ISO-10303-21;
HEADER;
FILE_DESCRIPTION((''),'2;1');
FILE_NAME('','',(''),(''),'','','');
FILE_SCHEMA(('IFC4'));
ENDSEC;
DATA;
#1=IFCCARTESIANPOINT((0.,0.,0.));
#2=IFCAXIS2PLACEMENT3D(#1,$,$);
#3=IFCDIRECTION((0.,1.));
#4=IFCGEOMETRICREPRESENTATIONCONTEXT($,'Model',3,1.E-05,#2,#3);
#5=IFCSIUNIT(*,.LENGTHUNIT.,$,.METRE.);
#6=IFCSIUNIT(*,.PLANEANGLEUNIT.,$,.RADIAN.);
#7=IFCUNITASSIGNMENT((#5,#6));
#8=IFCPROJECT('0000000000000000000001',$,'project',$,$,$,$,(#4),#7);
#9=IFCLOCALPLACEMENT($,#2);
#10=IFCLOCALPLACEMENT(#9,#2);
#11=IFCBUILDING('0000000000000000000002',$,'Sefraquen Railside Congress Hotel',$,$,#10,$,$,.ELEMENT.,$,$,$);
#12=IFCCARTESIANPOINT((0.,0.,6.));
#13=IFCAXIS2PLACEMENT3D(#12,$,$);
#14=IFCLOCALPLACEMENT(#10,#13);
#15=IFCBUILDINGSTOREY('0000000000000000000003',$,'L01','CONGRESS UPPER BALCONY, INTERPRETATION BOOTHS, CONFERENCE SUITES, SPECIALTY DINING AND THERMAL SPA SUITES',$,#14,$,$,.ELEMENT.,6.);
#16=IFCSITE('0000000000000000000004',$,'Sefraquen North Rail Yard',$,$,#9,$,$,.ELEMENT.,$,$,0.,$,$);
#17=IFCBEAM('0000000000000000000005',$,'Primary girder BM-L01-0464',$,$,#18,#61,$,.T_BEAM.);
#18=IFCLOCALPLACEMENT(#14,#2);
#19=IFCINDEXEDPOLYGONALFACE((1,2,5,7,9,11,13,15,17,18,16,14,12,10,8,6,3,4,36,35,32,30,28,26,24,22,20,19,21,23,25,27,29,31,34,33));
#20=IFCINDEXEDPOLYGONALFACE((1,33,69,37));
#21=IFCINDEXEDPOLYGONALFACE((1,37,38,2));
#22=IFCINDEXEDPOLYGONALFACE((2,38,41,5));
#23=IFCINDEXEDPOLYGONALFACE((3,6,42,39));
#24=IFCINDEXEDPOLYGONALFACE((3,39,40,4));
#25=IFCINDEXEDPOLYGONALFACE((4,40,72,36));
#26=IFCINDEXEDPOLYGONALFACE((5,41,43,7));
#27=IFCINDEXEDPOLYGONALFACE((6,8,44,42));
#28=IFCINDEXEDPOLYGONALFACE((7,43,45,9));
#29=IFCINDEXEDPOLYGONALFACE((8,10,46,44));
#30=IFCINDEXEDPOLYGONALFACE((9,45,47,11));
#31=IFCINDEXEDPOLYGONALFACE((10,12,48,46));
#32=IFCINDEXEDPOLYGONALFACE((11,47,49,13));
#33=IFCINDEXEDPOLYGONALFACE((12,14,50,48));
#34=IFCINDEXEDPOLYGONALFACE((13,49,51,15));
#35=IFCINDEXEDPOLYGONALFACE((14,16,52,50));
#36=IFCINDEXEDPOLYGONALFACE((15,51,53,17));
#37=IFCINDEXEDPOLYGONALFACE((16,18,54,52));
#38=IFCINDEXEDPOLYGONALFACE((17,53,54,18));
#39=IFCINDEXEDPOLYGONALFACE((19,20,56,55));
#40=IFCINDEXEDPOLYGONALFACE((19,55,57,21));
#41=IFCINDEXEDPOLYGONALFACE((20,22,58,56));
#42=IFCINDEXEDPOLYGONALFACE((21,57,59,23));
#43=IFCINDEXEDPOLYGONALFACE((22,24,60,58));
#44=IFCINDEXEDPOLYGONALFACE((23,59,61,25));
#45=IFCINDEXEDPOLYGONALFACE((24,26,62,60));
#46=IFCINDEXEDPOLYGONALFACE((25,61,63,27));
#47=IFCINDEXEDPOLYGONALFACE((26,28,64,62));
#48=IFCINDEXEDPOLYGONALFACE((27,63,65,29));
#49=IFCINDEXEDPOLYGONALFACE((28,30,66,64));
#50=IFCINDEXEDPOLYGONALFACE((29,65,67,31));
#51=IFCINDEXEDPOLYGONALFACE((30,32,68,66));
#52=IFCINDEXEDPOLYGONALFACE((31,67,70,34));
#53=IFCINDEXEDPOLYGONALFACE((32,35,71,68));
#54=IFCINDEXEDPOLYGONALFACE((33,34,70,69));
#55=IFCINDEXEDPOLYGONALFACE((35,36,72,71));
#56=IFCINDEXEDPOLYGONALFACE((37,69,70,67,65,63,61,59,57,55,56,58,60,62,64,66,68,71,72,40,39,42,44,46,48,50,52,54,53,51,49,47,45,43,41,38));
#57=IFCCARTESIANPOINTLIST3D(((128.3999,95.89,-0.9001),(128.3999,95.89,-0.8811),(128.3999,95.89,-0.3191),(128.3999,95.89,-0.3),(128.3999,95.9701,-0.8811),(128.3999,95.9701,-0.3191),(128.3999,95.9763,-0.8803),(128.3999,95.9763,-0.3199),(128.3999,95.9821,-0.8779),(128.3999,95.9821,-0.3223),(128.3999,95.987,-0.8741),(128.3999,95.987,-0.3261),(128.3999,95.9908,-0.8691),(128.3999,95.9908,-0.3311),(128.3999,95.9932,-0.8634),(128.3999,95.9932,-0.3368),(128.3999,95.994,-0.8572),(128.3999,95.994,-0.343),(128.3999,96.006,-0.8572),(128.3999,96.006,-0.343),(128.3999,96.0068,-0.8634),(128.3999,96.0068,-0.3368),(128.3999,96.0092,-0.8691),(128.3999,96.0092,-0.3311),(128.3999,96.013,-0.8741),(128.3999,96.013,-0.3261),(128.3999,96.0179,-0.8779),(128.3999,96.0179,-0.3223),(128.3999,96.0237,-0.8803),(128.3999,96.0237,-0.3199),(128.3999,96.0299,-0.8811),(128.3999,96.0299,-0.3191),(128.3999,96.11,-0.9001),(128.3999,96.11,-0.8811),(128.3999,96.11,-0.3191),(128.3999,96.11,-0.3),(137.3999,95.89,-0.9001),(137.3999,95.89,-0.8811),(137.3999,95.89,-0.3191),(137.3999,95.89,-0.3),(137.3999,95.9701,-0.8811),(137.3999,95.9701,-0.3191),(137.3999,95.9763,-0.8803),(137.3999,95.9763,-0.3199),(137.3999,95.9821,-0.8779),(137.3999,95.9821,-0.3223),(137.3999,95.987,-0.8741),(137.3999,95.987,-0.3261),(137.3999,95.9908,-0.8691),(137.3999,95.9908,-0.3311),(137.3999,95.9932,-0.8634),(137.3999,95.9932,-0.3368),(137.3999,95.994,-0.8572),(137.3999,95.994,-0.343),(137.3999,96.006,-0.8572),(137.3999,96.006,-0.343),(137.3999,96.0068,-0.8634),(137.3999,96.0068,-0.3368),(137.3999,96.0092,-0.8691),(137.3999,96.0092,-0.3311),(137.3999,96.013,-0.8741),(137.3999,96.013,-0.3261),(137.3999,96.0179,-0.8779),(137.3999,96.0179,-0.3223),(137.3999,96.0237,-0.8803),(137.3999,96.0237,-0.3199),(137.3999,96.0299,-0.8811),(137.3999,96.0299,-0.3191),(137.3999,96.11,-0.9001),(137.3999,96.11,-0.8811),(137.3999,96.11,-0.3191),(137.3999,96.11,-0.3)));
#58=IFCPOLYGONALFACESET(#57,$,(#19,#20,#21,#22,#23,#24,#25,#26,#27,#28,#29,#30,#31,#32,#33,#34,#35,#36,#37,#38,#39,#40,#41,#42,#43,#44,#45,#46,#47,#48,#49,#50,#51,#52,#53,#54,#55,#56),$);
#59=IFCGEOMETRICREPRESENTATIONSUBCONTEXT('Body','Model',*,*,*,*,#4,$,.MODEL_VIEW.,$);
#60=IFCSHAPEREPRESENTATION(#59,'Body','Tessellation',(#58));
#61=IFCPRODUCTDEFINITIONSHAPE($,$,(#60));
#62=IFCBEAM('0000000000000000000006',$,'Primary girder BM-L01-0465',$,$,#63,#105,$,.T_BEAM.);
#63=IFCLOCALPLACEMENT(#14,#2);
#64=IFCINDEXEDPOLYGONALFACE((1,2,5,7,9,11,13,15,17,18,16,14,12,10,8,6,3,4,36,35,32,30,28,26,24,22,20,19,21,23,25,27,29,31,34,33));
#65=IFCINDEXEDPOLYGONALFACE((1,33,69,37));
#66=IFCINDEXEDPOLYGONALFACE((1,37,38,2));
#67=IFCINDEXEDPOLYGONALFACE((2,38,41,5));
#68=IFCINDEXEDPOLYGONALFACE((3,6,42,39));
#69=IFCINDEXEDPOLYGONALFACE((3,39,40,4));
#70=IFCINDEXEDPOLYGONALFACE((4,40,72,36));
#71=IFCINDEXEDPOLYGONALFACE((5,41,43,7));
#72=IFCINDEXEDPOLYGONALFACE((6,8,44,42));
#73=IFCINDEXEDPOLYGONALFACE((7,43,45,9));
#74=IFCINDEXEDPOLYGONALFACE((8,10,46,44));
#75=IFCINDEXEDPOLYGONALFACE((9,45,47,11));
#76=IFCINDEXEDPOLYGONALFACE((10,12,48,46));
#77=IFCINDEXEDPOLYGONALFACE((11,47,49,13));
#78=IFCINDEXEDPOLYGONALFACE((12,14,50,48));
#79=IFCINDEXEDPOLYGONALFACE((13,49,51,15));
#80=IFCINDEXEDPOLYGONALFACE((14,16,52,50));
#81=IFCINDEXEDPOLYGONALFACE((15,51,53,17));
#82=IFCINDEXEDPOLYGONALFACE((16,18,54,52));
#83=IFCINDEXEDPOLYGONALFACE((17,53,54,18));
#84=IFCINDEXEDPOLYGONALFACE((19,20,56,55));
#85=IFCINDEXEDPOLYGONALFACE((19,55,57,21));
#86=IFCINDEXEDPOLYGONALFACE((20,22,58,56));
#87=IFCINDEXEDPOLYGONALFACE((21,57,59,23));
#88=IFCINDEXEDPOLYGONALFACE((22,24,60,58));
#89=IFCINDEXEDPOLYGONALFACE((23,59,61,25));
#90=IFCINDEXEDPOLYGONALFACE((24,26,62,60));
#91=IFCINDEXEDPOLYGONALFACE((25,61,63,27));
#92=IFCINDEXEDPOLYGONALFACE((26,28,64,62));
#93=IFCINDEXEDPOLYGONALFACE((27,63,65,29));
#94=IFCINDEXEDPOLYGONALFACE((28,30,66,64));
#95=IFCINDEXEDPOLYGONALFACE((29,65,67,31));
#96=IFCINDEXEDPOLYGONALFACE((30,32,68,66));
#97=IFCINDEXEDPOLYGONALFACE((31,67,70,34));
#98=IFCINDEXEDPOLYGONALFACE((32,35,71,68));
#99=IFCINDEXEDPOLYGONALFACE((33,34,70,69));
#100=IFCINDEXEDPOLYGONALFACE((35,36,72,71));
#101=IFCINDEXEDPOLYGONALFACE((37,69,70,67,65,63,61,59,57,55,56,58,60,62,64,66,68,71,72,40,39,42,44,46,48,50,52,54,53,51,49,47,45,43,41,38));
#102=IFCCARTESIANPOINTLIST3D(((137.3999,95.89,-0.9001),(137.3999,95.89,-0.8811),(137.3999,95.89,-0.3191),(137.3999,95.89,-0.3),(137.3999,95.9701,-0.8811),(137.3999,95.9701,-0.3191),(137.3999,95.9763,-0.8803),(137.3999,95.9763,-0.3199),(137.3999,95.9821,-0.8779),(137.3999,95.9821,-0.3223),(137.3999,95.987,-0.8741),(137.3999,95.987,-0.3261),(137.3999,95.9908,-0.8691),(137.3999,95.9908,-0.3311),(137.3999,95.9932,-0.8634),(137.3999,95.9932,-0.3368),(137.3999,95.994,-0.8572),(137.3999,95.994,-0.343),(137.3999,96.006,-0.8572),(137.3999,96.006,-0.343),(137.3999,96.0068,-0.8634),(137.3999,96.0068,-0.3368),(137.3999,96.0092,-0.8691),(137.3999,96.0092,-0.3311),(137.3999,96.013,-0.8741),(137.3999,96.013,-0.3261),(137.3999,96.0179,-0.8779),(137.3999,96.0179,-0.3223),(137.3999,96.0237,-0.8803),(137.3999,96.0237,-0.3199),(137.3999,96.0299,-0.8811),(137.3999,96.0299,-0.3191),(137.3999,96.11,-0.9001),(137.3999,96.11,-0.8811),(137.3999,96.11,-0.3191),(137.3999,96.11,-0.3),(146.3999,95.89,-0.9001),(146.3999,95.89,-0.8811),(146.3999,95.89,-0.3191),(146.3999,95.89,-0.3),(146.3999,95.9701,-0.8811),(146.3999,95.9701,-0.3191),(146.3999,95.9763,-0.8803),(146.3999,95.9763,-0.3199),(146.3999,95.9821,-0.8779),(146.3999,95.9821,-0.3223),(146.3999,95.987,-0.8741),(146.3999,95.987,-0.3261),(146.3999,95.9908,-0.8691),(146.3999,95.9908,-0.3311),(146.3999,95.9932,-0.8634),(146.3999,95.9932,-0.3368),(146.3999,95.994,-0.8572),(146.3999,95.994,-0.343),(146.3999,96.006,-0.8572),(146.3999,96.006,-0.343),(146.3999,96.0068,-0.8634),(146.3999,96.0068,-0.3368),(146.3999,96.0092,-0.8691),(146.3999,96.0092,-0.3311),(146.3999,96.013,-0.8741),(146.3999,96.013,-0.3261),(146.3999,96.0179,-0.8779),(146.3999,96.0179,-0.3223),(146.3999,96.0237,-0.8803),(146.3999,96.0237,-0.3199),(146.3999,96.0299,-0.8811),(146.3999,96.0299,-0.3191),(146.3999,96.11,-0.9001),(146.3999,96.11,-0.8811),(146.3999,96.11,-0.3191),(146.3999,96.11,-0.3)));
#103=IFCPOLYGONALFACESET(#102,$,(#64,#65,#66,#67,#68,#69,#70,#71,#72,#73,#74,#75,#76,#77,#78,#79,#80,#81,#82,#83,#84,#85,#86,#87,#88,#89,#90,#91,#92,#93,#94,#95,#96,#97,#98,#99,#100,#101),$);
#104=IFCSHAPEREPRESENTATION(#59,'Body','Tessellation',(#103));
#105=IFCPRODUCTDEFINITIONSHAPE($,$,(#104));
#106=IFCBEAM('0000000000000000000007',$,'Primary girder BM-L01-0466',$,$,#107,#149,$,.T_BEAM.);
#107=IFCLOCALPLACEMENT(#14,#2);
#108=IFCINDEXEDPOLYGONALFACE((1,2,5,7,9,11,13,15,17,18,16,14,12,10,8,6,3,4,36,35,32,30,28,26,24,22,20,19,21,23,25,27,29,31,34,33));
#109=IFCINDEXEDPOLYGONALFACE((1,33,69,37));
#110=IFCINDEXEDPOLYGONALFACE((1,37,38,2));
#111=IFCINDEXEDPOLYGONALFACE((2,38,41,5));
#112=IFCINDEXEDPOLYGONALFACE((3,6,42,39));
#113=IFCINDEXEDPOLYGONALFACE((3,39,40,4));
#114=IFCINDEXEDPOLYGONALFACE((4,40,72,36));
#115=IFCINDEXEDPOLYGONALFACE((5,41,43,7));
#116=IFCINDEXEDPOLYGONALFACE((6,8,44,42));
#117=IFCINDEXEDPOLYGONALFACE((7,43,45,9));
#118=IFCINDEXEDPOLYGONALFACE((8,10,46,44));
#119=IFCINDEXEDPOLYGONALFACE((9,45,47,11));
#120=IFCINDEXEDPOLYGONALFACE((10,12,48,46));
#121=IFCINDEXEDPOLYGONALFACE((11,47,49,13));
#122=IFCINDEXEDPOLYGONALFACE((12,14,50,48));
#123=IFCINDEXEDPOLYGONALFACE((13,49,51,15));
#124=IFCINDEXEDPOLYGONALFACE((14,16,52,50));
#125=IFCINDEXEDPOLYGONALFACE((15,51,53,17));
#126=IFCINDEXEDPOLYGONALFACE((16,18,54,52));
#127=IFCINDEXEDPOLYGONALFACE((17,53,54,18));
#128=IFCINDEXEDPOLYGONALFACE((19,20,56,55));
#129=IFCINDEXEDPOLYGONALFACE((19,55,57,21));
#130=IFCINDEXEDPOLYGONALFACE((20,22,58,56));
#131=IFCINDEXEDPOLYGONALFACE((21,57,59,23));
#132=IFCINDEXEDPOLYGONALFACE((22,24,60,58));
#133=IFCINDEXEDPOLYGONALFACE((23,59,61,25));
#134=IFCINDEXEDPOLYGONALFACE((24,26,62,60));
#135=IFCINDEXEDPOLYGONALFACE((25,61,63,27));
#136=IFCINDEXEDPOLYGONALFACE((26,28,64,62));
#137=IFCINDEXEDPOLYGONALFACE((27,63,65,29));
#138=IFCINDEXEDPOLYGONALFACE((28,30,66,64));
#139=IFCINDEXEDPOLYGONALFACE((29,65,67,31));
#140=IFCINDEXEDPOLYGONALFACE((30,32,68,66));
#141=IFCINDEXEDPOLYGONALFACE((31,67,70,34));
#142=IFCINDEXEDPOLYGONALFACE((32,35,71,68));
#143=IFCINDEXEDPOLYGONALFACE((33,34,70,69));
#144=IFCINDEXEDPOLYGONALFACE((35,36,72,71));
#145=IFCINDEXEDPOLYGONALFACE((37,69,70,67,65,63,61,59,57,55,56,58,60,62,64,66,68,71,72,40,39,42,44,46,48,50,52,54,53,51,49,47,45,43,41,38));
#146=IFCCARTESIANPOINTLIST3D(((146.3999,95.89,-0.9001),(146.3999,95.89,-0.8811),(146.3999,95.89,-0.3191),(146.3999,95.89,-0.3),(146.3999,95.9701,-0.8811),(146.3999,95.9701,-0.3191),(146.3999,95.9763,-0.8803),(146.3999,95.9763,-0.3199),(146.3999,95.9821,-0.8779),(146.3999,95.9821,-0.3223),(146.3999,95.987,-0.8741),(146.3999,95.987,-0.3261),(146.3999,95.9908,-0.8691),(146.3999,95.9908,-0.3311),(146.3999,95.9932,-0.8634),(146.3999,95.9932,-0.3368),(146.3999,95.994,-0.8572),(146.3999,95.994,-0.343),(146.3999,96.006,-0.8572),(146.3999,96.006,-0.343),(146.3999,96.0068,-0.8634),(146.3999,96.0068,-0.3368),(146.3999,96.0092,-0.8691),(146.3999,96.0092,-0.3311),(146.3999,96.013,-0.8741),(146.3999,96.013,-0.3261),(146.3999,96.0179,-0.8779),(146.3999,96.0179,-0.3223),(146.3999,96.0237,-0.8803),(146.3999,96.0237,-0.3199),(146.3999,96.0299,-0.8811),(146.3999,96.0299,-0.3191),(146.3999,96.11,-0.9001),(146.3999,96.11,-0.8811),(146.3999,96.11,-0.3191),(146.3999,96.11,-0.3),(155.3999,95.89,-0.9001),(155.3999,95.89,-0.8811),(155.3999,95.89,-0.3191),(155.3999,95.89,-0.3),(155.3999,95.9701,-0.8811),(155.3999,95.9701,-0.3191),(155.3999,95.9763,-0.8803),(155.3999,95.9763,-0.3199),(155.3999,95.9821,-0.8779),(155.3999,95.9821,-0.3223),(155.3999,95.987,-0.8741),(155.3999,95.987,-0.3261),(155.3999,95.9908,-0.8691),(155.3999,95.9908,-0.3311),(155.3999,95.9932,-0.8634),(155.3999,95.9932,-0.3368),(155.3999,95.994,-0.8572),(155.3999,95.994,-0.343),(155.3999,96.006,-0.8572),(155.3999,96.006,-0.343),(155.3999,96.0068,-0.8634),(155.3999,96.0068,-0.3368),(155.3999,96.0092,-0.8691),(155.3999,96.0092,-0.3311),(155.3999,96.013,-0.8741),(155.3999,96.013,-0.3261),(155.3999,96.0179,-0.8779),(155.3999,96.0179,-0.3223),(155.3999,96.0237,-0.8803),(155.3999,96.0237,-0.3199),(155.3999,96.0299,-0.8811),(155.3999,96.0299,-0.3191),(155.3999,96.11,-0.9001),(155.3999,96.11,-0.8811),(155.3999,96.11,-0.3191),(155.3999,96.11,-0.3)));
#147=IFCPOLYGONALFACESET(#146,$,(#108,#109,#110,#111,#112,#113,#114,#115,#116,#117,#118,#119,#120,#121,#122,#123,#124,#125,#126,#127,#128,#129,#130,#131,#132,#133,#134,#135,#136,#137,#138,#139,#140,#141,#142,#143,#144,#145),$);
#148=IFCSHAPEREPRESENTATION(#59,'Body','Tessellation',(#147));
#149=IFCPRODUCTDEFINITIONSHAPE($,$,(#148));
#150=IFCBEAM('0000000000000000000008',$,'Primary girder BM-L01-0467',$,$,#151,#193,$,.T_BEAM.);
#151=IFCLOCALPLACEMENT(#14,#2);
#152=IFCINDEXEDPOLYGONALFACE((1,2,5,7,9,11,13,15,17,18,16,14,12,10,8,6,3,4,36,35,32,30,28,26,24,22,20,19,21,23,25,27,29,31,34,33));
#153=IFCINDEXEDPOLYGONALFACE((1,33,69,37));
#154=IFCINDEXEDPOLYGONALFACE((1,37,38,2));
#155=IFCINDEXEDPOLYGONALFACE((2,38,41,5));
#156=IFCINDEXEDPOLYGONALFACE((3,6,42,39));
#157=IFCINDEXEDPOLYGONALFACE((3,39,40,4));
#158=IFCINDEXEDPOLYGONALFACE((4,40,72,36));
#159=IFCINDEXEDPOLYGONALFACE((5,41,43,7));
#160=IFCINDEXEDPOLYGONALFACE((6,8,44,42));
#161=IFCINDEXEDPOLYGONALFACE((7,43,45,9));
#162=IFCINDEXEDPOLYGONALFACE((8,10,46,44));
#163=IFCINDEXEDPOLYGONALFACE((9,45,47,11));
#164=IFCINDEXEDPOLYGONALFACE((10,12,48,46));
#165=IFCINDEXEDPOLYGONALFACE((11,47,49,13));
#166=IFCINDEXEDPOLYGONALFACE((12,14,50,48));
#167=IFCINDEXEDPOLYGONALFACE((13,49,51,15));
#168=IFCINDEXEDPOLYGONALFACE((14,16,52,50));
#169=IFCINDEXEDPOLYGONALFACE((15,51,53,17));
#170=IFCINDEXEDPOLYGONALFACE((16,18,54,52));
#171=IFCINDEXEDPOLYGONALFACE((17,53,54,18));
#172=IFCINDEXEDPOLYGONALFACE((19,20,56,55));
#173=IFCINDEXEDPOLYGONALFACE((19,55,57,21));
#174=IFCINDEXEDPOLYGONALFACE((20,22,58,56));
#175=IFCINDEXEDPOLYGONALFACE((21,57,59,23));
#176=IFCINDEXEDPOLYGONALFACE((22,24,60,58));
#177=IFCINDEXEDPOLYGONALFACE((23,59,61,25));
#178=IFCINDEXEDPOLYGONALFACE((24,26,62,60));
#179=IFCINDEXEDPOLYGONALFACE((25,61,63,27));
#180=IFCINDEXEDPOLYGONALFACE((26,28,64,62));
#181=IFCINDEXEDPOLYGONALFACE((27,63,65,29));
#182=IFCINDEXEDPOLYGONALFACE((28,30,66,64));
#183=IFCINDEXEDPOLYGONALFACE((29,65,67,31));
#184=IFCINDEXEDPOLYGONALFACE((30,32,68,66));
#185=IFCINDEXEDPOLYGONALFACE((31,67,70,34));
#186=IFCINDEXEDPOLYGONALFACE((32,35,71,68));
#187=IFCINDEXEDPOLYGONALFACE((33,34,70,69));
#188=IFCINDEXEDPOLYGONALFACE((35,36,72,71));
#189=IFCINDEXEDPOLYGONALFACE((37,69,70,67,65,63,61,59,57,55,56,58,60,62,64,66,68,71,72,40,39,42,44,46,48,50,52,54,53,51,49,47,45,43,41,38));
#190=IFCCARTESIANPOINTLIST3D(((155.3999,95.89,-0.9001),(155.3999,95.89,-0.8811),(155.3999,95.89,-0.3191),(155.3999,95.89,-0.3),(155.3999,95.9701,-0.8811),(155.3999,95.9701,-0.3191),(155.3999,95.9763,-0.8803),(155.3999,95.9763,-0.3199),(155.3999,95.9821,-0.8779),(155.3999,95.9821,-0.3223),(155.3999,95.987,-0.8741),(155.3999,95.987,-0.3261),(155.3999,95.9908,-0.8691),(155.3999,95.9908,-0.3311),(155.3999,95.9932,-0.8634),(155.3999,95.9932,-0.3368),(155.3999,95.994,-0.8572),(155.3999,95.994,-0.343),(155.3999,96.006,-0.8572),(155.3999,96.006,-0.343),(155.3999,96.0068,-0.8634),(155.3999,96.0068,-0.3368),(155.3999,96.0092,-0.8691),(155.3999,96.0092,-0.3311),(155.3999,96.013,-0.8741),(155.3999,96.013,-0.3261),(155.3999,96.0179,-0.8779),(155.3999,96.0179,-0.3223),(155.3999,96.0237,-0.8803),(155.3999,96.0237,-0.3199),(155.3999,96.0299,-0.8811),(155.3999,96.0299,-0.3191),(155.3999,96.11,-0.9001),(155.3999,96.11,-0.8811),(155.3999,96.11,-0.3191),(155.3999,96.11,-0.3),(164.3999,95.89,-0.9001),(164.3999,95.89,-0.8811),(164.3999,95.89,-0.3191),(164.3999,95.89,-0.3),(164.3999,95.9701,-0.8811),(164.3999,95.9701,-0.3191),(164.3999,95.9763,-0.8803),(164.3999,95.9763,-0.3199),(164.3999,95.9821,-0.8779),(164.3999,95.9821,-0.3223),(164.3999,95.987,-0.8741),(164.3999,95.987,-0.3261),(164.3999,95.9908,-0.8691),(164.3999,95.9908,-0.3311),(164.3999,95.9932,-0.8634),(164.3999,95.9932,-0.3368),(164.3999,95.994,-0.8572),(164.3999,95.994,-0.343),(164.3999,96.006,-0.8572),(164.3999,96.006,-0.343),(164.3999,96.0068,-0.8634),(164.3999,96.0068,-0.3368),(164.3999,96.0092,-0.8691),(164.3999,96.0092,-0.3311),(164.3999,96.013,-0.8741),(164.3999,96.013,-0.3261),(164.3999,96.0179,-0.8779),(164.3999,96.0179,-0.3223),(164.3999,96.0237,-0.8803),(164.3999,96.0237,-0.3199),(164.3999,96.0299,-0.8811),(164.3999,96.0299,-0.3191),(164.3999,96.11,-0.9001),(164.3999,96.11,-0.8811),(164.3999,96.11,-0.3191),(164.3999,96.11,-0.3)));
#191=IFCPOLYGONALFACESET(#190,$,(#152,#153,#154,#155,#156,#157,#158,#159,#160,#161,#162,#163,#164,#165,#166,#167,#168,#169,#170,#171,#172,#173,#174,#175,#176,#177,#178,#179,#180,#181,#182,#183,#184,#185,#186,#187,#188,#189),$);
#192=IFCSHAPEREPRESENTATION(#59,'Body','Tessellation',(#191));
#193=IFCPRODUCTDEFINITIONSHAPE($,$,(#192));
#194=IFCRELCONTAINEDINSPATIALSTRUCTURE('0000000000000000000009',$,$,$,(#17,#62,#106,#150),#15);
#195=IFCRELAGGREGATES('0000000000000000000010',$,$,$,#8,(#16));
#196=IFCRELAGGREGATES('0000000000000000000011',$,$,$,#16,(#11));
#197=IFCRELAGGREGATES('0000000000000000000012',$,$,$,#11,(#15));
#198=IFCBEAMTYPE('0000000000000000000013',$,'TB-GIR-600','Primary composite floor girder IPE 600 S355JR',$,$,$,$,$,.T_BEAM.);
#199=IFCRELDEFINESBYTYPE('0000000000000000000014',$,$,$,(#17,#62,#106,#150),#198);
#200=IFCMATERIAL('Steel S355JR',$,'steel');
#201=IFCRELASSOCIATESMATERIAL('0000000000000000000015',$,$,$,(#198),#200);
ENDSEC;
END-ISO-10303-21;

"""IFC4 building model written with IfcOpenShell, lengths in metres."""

from ifc_helpers import new_model, si_unit, direction, frame, origin, origin_2d, place, context, subcontext, project, spatial, i_section, extrude, material, material_profile, profile_set, type_object, element, save


model = new_model("IFC4")

# Units and contexts
model_context = context("Model", 3, precision=1e-05, world=origin(), true_north=direction((0.0, 1.0)))
body_context = subcontext(model_context, "Body", "Model", "MODEL_VIEW")
ifc_project = project(units=[si_unit("LENGTHUNIT", "METRE"), si_unit("PLANEANGLEUNIT", "RADIAN")], contexts=[model_context])

# Site, building, storey
site_placement = place(None, origin())
site = spatial("IfcSite", under=ifc_project, at=site_placement, Name="Sefraquen North Rail Yard", CompositionType="ELEMENT", RefElevation=0.0)
building_placement = place(site_placement, origin())
building = spatial("IfcBuilding", under=site, at=building_placement, Name="Sefraquen Railside Congress Hotel", CompositionType="ELEMENT")
storey_placement = place(building_placement, frame((0.0, 0.0, 6.0)))
storey = spatial("IfcBuildingStorey", under=building, at=storey_placement, Name="L01", Description="CONGRESS UPPER BALCONY, INTERPRETATION BOOTHS, CONFERENCE SUITES, SPECIALTY DINING AND THERMAL SPA SUITES", CompositionType="ELEMENT", Elevation=6.0)

# Shared definitions
ifc_material_1 = material(Name="Steel S355JR", Category="steel")

# Beams
ifc_material_profile_1 = material_profile(ifc_material_1, i_section(OverallWidth=0.22, OverallDepth=0.6001, WebThickness=0.012, FlangeThickness=0.019, FilletRadius=0.0239, at=origin_2d()), Name="IPE 600")
ifc_profile_set_1 = profile_set([ifc_material_profile_1], Name="Steel S355JR")
beam_type_1 = type_object("IfcBeamType", Name="TB-GIR-600", Description="Primary composite floor girder IPE 600 S355JR", PredefinedType="T_BEAM", material=ifc_profile_set_1)
for number, where, z_axis, x_axis, name in (
    (1, (128.3999, 96.0, -0.6001), (1.0, 0.0, 0.0), (0.0, 1.0, 0.0), "Primary girder BM-L01-0464"),
    (2, (137.3999, 96.0, -0.6001), (1.0, 0.0, 0.0), (0.0, 1.0, 0.0), "Primary girder BM-L01-0465"),
    (3, (146.3999, 96.0, -0.6001), (1.0, 0.0, 0.0), (0.0, 1.0, 0.0), "Primary girder BM-L01-0466"),
    (4, (155.3999, 96.0, -0.6001), (1.0, 0.0, 0.0), (0.0, 1.0, 0.0), "Primary girder BM-L01-0467"),
):
    element("IfcBeam", number, at=place(storey_placement, frame(where, z_axis=z_axis, x_axis=x_axis)), inside=storey, type_object=beam_type_1, Name=name, PredefinedType="T_BEAM", context=body_context, shape_type="SweptSolid", body=[
        extrude(i_section(OverallWidth=0.22, OverallDepth=0.6001, WebThickness=0.012, FlangeThickness=0.019, FilletRadius=0.0239, at=origin_2d()), origin(), (0.0, 0.0, 1.0), 9.0),
    ])

save(model, "model.ifc")
